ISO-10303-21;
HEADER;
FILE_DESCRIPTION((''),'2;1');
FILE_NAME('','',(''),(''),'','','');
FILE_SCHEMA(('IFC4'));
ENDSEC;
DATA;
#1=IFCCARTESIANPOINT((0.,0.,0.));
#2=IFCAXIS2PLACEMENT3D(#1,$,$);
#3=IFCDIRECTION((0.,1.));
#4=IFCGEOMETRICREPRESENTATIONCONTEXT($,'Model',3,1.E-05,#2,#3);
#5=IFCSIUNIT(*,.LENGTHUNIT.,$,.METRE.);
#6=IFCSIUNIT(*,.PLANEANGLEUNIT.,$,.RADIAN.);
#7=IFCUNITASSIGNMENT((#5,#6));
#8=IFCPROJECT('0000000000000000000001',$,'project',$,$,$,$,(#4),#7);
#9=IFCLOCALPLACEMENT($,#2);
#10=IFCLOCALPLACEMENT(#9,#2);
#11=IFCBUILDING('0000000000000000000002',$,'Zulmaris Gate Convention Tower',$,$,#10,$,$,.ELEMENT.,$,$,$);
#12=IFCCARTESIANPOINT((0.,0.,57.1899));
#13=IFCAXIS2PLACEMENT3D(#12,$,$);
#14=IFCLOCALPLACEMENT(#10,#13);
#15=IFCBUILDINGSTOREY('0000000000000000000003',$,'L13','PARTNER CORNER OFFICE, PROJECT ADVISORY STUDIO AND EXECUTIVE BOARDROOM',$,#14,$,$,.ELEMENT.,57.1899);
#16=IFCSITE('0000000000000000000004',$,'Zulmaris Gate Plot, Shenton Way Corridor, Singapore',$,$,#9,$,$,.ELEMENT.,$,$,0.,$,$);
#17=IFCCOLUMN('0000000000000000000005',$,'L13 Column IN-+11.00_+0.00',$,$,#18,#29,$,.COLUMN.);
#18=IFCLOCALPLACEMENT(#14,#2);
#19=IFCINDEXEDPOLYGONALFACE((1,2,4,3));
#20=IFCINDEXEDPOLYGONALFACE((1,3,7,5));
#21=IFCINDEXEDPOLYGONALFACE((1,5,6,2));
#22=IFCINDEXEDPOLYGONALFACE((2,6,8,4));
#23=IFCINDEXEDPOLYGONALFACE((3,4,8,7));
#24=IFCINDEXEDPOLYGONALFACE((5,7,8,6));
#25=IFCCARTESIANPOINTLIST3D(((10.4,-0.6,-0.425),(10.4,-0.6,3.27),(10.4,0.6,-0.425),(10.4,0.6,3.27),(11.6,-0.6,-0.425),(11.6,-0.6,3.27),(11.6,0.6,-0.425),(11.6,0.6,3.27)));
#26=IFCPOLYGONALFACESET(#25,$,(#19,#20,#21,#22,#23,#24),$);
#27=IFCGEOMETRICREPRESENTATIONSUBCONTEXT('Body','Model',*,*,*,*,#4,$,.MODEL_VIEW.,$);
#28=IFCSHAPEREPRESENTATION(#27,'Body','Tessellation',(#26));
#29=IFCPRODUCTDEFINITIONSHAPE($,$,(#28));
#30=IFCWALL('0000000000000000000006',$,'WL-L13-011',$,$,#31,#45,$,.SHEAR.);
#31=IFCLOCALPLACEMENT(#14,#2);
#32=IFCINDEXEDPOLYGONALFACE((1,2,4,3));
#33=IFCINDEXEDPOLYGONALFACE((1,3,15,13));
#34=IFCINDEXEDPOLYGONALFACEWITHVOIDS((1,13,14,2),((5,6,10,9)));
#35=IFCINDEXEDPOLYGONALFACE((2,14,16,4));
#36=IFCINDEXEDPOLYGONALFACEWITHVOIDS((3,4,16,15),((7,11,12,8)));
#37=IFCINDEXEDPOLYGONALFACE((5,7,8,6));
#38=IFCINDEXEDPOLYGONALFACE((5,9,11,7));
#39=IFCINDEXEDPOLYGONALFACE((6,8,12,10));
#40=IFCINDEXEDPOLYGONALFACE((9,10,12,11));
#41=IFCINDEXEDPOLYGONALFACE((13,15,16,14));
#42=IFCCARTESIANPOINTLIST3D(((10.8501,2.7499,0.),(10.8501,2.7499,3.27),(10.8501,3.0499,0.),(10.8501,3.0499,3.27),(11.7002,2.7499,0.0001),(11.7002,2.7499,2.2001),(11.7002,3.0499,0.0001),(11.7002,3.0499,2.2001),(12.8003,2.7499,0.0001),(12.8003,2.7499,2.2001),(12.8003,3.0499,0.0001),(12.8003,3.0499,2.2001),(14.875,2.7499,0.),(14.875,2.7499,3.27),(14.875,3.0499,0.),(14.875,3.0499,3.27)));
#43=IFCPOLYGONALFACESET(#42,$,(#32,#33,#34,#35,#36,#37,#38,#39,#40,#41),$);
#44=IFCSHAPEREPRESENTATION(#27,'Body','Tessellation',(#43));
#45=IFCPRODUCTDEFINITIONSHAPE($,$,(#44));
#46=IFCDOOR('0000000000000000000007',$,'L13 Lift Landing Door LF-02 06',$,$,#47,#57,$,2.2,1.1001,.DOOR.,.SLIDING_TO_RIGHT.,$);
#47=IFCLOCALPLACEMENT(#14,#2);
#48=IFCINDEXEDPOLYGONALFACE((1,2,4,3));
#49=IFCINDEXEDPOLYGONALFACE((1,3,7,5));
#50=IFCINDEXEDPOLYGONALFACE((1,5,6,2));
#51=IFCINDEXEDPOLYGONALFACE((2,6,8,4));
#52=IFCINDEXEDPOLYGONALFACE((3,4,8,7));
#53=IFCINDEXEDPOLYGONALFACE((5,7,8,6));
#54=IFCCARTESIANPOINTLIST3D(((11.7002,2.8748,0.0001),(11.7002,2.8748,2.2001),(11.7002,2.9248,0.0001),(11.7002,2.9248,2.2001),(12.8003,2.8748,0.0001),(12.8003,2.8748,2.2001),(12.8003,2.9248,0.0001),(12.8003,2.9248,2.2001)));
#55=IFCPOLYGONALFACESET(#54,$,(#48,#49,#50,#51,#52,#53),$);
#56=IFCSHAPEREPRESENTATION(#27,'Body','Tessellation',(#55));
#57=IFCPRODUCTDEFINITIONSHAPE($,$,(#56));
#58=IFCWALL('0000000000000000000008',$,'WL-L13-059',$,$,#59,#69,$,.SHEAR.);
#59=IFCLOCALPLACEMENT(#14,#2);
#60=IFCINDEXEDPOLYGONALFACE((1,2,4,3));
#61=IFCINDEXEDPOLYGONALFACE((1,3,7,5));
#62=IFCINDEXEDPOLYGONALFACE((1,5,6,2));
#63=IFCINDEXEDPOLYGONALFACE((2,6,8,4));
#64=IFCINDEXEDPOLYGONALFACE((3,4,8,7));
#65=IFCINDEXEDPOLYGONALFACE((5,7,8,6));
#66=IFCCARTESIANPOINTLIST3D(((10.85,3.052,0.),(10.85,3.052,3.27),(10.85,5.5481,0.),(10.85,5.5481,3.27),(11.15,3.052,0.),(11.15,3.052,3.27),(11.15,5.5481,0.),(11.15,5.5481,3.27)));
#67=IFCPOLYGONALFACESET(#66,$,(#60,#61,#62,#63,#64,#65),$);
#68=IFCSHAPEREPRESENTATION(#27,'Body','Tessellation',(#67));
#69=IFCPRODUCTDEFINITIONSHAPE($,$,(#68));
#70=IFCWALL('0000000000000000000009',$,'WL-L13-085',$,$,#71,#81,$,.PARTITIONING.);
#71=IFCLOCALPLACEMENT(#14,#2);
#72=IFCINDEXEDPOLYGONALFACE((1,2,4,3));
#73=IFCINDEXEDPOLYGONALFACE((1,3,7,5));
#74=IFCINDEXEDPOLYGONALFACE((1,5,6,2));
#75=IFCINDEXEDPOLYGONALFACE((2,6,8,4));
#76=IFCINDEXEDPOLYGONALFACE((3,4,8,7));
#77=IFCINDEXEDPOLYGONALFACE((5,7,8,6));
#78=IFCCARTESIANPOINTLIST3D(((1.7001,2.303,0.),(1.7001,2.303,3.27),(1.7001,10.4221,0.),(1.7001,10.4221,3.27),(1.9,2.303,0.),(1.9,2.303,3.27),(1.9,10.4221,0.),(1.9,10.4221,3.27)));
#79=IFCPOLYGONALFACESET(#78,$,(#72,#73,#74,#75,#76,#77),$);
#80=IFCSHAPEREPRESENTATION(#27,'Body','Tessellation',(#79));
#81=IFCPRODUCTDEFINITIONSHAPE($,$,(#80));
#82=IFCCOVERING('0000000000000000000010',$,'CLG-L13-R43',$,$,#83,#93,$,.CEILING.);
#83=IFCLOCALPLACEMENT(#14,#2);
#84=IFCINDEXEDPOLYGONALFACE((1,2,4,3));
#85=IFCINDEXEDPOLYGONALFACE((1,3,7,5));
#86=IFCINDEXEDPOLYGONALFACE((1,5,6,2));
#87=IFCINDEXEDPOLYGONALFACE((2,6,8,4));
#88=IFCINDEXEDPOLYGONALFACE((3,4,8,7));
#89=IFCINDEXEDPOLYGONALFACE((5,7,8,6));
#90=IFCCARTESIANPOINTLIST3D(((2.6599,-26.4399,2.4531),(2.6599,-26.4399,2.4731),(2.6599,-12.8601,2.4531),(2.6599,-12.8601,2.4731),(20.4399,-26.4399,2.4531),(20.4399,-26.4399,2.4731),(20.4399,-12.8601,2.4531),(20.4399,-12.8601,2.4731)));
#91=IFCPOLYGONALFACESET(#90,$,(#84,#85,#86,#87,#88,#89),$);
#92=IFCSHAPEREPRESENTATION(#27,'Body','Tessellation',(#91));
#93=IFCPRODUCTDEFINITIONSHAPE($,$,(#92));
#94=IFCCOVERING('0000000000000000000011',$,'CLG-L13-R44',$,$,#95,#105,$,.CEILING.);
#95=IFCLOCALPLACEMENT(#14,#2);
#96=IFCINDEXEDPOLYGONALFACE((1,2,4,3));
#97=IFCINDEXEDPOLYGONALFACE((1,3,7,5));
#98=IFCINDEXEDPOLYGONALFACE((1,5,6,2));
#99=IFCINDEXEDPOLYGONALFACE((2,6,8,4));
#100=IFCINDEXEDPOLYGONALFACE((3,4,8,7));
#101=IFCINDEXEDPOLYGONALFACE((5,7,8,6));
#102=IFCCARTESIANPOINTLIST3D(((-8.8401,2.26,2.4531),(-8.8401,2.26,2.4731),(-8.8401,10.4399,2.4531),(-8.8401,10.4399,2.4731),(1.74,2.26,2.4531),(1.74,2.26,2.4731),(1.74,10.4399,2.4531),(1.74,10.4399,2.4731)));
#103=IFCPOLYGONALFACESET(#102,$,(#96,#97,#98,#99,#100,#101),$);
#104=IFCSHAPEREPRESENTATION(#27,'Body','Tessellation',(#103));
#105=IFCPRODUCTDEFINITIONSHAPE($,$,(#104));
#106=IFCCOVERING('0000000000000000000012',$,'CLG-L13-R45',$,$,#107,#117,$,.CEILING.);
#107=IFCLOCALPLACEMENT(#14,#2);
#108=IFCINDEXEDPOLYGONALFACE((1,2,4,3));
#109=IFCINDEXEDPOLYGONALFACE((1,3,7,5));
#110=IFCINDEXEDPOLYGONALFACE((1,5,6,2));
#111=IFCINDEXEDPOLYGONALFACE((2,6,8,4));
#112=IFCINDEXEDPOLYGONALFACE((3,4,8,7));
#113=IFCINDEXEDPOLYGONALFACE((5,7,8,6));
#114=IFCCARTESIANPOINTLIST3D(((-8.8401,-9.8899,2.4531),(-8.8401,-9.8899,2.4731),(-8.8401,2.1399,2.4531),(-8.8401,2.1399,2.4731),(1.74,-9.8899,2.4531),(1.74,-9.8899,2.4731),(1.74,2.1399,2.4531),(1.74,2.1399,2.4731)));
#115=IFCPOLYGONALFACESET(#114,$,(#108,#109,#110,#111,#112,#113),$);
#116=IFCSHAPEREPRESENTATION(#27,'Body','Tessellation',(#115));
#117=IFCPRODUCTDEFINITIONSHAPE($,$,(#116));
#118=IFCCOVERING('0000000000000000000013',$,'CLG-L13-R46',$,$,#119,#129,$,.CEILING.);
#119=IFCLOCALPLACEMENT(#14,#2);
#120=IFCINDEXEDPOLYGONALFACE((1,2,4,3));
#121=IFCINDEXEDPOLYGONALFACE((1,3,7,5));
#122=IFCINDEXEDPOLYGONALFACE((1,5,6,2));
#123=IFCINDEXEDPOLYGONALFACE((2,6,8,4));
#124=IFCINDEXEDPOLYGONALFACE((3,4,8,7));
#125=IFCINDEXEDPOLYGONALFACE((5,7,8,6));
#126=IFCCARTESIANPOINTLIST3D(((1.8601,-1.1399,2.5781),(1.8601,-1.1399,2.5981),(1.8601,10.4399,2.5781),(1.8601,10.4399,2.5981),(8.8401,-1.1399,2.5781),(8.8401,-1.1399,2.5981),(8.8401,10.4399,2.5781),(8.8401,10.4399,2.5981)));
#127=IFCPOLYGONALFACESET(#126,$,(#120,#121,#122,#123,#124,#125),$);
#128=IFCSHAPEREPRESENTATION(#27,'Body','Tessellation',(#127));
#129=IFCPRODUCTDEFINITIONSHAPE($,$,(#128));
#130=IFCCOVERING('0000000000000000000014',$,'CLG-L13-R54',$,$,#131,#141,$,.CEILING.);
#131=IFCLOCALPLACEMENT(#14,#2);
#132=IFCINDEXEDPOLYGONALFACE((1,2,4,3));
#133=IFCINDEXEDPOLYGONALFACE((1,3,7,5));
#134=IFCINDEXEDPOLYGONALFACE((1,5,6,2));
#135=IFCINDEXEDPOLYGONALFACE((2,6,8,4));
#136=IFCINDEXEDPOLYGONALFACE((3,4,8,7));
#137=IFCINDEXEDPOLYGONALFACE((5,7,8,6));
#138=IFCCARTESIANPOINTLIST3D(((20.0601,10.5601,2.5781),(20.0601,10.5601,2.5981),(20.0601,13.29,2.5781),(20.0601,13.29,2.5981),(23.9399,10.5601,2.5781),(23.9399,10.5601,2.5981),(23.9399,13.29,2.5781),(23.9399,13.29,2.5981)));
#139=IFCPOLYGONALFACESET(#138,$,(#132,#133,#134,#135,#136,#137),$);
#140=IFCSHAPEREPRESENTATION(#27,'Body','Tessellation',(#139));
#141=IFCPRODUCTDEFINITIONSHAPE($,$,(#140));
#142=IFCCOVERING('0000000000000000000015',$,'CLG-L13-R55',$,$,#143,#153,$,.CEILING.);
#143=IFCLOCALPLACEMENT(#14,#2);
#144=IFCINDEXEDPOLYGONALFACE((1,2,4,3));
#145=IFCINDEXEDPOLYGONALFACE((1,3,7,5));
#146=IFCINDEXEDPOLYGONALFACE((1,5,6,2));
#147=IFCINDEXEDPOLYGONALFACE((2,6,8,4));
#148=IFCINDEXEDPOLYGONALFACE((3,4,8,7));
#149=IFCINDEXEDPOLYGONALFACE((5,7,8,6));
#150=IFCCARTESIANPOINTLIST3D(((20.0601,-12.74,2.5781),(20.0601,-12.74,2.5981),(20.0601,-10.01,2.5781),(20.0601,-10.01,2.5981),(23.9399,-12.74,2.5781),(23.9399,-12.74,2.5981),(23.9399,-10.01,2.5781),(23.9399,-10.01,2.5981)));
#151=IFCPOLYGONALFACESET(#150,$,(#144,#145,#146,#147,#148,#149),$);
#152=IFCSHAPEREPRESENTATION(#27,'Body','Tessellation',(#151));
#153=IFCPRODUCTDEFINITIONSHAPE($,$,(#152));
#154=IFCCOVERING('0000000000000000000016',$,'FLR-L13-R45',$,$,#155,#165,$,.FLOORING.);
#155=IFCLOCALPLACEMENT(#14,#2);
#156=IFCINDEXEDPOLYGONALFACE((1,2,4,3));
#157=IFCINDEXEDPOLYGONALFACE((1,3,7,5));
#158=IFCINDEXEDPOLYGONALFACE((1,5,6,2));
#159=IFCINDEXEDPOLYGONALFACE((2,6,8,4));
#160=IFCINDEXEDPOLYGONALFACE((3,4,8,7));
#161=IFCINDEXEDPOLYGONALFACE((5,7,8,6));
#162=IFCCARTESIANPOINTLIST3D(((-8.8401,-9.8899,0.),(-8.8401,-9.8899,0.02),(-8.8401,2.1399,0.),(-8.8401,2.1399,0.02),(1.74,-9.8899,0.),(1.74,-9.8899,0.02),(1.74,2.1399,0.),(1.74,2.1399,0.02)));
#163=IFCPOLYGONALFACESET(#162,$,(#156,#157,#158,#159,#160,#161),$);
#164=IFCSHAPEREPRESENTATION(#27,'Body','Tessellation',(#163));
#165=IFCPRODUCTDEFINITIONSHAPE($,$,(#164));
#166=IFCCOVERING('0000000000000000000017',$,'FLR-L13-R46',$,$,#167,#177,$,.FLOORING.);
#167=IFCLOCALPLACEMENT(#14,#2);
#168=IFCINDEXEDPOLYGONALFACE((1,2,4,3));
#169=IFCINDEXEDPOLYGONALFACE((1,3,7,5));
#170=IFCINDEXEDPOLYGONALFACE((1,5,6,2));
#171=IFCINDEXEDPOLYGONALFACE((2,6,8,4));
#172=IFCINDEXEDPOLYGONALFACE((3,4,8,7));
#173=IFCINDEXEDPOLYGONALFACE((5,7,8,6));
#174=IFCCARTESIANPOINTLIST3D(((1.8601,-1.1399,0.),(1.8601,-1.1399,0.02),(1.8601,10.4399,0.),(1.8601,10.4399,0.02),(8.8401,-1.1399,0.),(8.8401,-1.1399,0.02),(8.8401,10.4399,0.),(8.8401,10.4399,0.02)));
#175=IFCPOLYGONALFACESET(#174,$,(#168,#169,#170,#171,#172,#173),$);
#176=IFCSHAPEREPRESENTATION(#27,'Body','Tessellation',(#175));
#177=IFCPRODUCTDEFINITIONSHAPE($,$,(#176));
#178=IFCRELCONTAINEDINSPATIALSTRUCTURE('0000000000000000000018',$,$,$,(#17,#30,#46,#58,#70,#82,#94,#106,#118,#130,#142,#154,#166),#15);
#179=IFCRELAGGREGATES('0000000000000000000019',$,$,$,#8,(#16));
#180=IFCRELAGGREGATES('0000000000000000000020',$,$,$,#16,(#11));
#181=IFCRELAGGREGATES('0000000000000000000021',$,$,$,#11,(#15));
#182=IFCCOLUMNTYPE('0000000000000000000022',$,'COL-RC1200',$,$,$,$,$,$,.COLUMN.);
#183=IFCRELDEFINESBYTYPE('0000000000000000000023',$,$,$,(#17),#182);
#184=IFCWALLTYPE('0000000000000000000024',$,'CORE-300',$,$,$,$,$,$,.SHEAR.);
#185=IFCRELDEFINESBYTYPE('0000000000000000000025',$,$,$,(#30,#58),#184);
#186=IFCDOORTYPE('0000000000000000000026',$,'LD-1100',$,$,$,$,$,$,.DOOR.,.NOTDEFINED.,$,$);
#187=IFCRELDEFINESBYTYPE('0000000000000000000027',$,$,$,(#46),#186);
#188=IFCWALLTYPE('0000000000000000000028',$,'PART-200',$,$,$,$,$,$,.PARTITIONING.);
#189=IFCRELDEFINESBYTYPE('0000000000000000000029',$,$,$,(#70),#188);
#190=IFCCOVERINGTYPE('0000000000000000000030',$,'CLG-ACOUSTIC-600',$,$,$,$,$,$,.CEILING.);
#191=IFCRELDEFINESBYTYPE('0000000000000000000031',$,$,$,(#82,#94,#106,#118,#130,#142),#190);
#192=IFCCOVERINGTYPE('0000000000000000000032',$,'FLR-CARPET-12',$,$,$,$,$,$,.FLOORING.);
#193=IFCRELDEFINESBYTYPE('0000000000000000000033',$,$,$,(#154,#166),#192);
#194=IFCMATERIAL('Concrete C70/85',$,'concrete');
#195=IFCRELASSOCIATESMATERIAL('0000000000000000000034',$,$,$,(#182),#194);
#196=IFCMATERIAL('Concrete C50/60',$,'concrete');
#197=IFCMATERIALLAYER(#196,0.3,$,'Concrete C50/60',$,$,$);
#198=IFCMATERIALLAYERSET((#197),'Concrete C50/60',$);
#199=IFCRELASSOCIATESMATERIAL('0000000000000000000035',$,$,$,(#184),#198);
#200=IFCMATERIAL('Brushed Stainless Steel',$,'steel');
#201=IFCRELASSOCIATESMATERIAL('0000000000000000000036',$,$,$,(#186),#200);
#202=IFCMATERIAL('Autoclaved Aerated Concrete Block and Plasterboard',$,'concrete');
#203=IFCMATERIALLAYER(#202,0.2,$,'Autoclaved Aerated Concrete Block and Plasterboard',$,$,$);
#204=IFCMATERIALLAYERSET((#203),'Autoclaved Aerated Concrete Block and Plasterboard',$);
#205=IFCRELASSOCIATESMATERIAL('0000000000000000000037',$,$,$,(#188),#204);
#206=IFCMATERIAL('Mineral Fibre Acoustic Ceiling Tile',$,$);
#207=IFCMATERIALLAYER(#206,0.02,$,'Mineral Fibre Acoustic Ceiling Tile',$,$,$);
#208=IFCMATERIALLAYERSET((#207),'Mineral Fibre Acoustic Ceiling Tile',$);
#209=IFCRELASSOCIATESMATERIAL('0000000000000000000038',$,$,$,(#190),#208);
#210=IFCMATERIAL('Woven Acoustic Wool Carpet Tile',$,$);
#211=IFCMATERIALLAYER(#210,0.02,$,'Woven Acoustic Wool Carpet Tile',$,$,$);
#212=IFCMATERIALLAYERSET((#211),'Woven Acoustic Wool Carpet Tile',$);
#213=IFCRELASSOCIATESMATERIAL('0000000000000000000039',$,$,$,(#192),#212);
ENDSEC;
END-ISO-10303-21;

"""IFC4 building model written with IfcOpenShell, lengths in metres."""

from ifc_helpers import new_model, si_unit, direction, frame, frame_2d, origin, origin_2d, place, context, subcontext, project, spatial, polyline, rectangle, outline, extrude, material, layer, layer_set, material_profile, profile_set, type_object, element, fill, save


model = new_model("IFC4")

# Units and contexts
model_context = context("Model", 3, precision=1e-05, world=origin(), true_north=direction((0.0, 1.0)))
body_context = subcontext(model_context, "Body", "Model", "MODEL_VIEW")
ifc_project = project(units=[si_unit("LENGTHUNIT", "METRE"), si_unit("PLANEANGLEUNIT", "RADIAN")], contexts=[model_context])

# Site, building, storey
site_placement = place(None, origin())
site = spatial("IfcSite", under=ifc_project, at=site_placement, Name="Zulmaris Gate Plot, Shenton Way Corridor, Singapore", CompositionType="ELEMENT", RefElevation=0.0)
building_placement = place(site_placement, origin())
building = spatial("IfcBuilding", under=site, at=building_placement, Name="Zulmaris Gate Convention Tower", CompositionType="ELEMENT")
storey_placement = place(building_placement, frame((0.0, 0.0, 57.1899)))
storey = spatial("IfcBuildingStorey", under=building, at=storey_placement, Name="L13", Description="PARTNER CORNER OFFICE, PROJECT ADVISORY STUDIO AND EXECUTIVE BOARDROOM", CompositionType="ELEMENT", Elevation=57.1899)

# Column
ifc_material_1 = material(Name="Concrete C70/85", Category="concrete")
ifc_material_profile = material_profile(ifc_material_1, rectangle(XDim=1.2, YDim=1.2, at=origin_2d()), Name="RC COL 1200x1200")
ifc_profile_set = profile_set([ifc_material_profile], Name="Concrete C70/85")
column_type = type_object("IfcColumnType", Name="COL-RC1200", PredefinedType="COLUMN", material=ifc_profile_set)
column_placement = place(storey_placement, frame((11.0, 0.0, -0.425), z_axis=(0.0, 0.0, 1.0), x_axis=(1.0, 0.0, 0.0)))
element("IfcColumn", 1, at=column_placement, inside=storey, type_object=column_type, Name="L13 Column IN-+11.00_+0.00", PredefinedType="COLUMN", context=body_context, shape_type="SweptSolid", body=[
    extrude(rectangle(XDim=1.2, YDim=1.2, at=origin_2d()), origin(), (0.0, 0.0, 1.0), 3.6951),
])

# Wall, opening, door
ifc_material_2 = material(Name="Concrete C50/60", Category="concrete")
ifc_layer_1 = layer(ifc_material_2, 0.3, Name="Concrete C50/60")
ifc_layer_set_1 = layer_set([ifc_layer_1], Name="Concrete C50/60")
wall_type_1 = type_object("IfcWallType", Name="CORE-300", PredefinedType="SHEAR", material=ifc_layer_set_1)
wall_1_placement = place(storey_placement, frame((10.8501, 2.8999, 0.0), z_axis=(0.0, 0.0, 1.0), x_axis=(1.0, 0.0, 0.0)))
wall_1 = element("IfcWall", 2, at=wall_1_placement, inside=storey, type_object=wall_type_1, Name="WL-L13-011", PredefinedType="SHEAR", context=body_context, shape_type="SweptSolid", body=[
    extrude(rectangle(XDim=4.0249, YDim=0.3, at=frame_2d((2.0125, 0.0))), origin(), (0.0, 0.0, 1.0), 3.27),
])
opening_1_placement = place(wall_1_placement, frame((0.8501, 0.0, 0.0)))
opening_1 = element("IfcOpeningElement", 3, at=opening_1_placement, cuts=wall_1, PredefinedType="OPENING", context=body_context, shape_type="SweptSolid", body=[
    extrude(rectangle(XDim=1.1001, YDim=2.2, at=frame_2d((0.55, 1.1001))), frame((0.0, 0.1602, 0.0), z_axis=(0.0, -1.0, 0.0), x_axis=(1.0, 0.0, 0.0)), (0.0, 0.0, 1.0), 0.3201),
])
ifc_material_3 = material(Name="Brushed Stainless Steel", Category="steel")
door_type_1 = type_object("IfcDoorType", Name="LD-1100", OperationType="NOTDEFINED", PredefinedType="DOOR", material=ifc_material_3)
door_1_placement = place(opening_1_placement, origin())
door_1 = element("IfcDoor", 4, at=door_1_placement, inside=storey, type_object=door_type_1, Name="L13 Lift Landing Door LF-02 06", OperationType="SLIDING_TO_RIGHT", OverallHeight=2.2, OverallWidth=1.1001, PredefinedType="DOOR", context=body_context, shape_type="SweptSolid", body=[
    extrude(rectangle(XDim=1.1001, YDim=2.2, at=frame_2d((0.55, 1.1001))), frame((0.0, 0.0249, 0.0), z_axis=(0.0, -1.0, 0.0), x_axis=(1.0, 0.0, 0.0)), (0.0, 0.0, 1.0), 0.05),
])
fill(opening_1, door_1)

# Walls
wall_2_placement = place(storey_placement, frame((11.0, 3.052, 0.0), z_axis=(0.0, 0.0, 1.0), x_axis=(0.0, 1.0, 0.0)))
element("IfcWall", 5, at=wall_2_placement, inside=storey, type_object=wall_type_1, Name="WL-L13-059", PredefinedType="SHEAR", context=body_context, shape_type="SweptSolid", body=[
    extrude(rectangle(XDim=2.4961, YDim=0.3, at=frame_2d((1.248, 0.0))), origin(), (0.0, 0.0, 1.0), 3.27),
])
ifc_material_4 = material(Name="Autoclaved Aerated Concrete Block and Plasterboard", Category="concrete")
ifc_layer_2 = layer(ifc_material_4, 0.2, Name="Autoclaved Aerated Concrete Block and Plasterboard")
ifc_layer_set_2 = layer_set([ifc_layer_2], Name="Autoclaved Aerated Concrete Block and Plasterboard")
wall_type_2 = type_object("IfcWallType", Name="PART-200", PredefinedType="PARTITIONING", material=ifc_layer_set_2)
wall_3_placement = place(storey_placement, frame((1.8, 2.303, 0.0), z_axis=(0.0, 0.0, 1.0), x_axis=(0.0, 1.0, 0.0)))
element("IfcWall", 6, at=wall_3_placement, inside=storey, type_object=wall_type_2, Name="WL-L13-085", PredefinedType="PARTITIONING", context=body_context, shape_type="SweptSolid", body=[
    extrude(rectangle(XDim=8.1191, YDim=0.2, at=frame_2d((4.0596, 0.0))), origin(), (0.0, 0.0, 1.0), 3.27),
])

# Coverings
ifc_material_5 = material(Name="Mineral Fibre Acoustic Ceiling Tile")
ifc_layer_3 = layer(ifc_material_5, 0.02, Name="Mineral Fibre Acoustic Ceiling Tile")
ifc_layer_set_3 = layer_set([ifc_layer_3], Name="Mineral Fibre Acoustic Ceiling Tile")
covering_type_1 = type_object("IfcCoveringType", Name="CLG-ACOUSTIC-600", PredefinedType="CEILING", material=ifc_layer_set_3)
covering_1_placement = place(storey_placement, frame((0.0, 0.0, 2.4531)))
element("IfcCovering", 7, at=covering_1_placement, inside=storey, type_object=covering_type_1, Name="CLG-L13-R43", PredefinedType="CEILING", context=body_context, shape_type="SweptSolid", body=[
    extrude(outline(polyline([(2.6599, -26.4399), (20.4399, -26.4399), (20.4399, -12.8601), (2.6599, -12.8601), (2.6599, -26.4399)])), origin(), (0.0, 0.0, 1.0), 0.02),
])
covering_2_placement = place(storey_placement, frame((0.0, 0.0, 2.4531)))
element("IfcCovering", 8, at=covering_2_placement, inside=storey, type_object=covering_type_1, Name="CLG-L13-R44", PredefinedType="CEILING", context=body_context, shape_type="SweptSolid", body=[
    extrude(outline(polyline([(-8.8401, 2.26), (1.74, 2.26), (1.74, 10.4399), (-8.8401, 10.4399), (-8.8401, 2.26)])), origin(), (0.0, 0.0, 1.0), 0.02),
])
covering_3_placement = place(storey_placement, frame((0.0, 0.0, 2.4531)))
element("IfcCovering", 9, at=covering_3_placement, inside=storey, type_object=covering_type_1, Name="CLG-L13-R45", PredefinedType="CEILING", context=body_context, shape_type="SweptSolid", body=[
    extrude(outline(polyline([(-8.8401, -9.8899), (1.74, -9.8899), (1.74, 2.1399), (-8.8401, 2.1399), (-8.8401, -9.8899)])), origin(), (0.0, 0.0, 1.0), 0.02),
])
covering_4_placement = place(storey_placement, frame((0.0, 0.0, 2.5781)))
element("IfcCovering", 10, at=covering_4_placement, inside=storey, type_object=covering_type_1, Name="CLG-L13-R46", PredefinedType="CEILING", context=body_context, shape_type="SweptSolid", body=[
    extrude(outline(polyline([(1.8601, -1.1399), (8.8401, -1.1399), (8.8401, 10.4399), (1.8601, 10.4399), (1.8601, -1.1399)])), origin(), (0.0, 0.0, 1.0), 0.02),
])
covering_5_placement = place(storey_placement, frame((0.0, 0.0, 2.5781)))
element("IfcCovering", 11, at=covering_5_placement, inside=storey, type_object=covering_type_1, Name="CLG-L13-R54", PredefinedType="CEILING", context=body_context, shape_type="SweptSolid", body=[
    extrude(outline(polyline([(20.0601, 10.5601), (23.9399, 10.5601), (23.9399, 13.29), (20.0601, 13.29), (20.0601, 10.5601)])), origin(), (0.0, 0.0, 1.0), 0.02),
])
covering_6_placement = place(storey_placement, frame((0.0, 0.0, 2.5781)))
element("IfcCovering", 12, at=covering_6_placement, inside=storey, type_object=covering_type_1, Name="CLG-L13-R55", PredefinedType="CEILING", context=body_context, shape_type="SweptSolid", body=[
    extrude(outline(polyline([(20.0601, -12.74), (23.9399, -12.74), (23.9399, -10.01), (20.0601, -10.01), (20.0601, -12.74)])), origin(), (0.0, 0.0, 1.0), 0.02),
])
ifc_material_6 = material(Name="Woven Acoustic Wool Carpet Tile")
ifc_layer_4 = layer(ifc_material_6, 0.02, Name="Woven Acoustic Wool Carpet Tile")
ifc_layer_set_4 = layer_set([ifc_layer_4], Name="Woven Acoustic Wool Carpet Tile")
covering_type_2 = type_object("IfcCoveringType", Name="FLR-CARPET-12", PredefinedType="FLOORING", material=ifc_layer_set_4)
covering_7_placement = place(storey_placement, origin())
element("IfcCovering", 13, at=covering_7_placement, inside=storey, type_object=covering_type_2, Name="FLR-L13-R45", PredefinedType="FLOORING", context=body_context, shape_type="SweptSolid", body=[
    extrude(outline(polyline([(-8.8401, -9.8899), (1.74, -9.8899), (1.74, 2.1399), (-8.8401, 2.1399), (-8.8401, -9.8899)])), origin(), (0.0, 0.0, 1.0), 0.02),
])
covering_8_placement = place(storey_placement, origin())
element("IfcCovering", 14, at=covering_8_placement, inside=storey, type_object=covering_type_2, Name="FLR-L13-R46", PredefinedType="FLOORING", context=body_context, shape_type="SweptSolid", body=[
    extrude(outline(polyline([(1.8601, -1.1399), (8.8401, -1.1399), (8.8401, 10.4399), (1.8601, 10.4399), (1.8601, -1.1399)])), origin(), (0.0, 0.0, 1.0), 0.02),
])

save(model, "model.ifc")
